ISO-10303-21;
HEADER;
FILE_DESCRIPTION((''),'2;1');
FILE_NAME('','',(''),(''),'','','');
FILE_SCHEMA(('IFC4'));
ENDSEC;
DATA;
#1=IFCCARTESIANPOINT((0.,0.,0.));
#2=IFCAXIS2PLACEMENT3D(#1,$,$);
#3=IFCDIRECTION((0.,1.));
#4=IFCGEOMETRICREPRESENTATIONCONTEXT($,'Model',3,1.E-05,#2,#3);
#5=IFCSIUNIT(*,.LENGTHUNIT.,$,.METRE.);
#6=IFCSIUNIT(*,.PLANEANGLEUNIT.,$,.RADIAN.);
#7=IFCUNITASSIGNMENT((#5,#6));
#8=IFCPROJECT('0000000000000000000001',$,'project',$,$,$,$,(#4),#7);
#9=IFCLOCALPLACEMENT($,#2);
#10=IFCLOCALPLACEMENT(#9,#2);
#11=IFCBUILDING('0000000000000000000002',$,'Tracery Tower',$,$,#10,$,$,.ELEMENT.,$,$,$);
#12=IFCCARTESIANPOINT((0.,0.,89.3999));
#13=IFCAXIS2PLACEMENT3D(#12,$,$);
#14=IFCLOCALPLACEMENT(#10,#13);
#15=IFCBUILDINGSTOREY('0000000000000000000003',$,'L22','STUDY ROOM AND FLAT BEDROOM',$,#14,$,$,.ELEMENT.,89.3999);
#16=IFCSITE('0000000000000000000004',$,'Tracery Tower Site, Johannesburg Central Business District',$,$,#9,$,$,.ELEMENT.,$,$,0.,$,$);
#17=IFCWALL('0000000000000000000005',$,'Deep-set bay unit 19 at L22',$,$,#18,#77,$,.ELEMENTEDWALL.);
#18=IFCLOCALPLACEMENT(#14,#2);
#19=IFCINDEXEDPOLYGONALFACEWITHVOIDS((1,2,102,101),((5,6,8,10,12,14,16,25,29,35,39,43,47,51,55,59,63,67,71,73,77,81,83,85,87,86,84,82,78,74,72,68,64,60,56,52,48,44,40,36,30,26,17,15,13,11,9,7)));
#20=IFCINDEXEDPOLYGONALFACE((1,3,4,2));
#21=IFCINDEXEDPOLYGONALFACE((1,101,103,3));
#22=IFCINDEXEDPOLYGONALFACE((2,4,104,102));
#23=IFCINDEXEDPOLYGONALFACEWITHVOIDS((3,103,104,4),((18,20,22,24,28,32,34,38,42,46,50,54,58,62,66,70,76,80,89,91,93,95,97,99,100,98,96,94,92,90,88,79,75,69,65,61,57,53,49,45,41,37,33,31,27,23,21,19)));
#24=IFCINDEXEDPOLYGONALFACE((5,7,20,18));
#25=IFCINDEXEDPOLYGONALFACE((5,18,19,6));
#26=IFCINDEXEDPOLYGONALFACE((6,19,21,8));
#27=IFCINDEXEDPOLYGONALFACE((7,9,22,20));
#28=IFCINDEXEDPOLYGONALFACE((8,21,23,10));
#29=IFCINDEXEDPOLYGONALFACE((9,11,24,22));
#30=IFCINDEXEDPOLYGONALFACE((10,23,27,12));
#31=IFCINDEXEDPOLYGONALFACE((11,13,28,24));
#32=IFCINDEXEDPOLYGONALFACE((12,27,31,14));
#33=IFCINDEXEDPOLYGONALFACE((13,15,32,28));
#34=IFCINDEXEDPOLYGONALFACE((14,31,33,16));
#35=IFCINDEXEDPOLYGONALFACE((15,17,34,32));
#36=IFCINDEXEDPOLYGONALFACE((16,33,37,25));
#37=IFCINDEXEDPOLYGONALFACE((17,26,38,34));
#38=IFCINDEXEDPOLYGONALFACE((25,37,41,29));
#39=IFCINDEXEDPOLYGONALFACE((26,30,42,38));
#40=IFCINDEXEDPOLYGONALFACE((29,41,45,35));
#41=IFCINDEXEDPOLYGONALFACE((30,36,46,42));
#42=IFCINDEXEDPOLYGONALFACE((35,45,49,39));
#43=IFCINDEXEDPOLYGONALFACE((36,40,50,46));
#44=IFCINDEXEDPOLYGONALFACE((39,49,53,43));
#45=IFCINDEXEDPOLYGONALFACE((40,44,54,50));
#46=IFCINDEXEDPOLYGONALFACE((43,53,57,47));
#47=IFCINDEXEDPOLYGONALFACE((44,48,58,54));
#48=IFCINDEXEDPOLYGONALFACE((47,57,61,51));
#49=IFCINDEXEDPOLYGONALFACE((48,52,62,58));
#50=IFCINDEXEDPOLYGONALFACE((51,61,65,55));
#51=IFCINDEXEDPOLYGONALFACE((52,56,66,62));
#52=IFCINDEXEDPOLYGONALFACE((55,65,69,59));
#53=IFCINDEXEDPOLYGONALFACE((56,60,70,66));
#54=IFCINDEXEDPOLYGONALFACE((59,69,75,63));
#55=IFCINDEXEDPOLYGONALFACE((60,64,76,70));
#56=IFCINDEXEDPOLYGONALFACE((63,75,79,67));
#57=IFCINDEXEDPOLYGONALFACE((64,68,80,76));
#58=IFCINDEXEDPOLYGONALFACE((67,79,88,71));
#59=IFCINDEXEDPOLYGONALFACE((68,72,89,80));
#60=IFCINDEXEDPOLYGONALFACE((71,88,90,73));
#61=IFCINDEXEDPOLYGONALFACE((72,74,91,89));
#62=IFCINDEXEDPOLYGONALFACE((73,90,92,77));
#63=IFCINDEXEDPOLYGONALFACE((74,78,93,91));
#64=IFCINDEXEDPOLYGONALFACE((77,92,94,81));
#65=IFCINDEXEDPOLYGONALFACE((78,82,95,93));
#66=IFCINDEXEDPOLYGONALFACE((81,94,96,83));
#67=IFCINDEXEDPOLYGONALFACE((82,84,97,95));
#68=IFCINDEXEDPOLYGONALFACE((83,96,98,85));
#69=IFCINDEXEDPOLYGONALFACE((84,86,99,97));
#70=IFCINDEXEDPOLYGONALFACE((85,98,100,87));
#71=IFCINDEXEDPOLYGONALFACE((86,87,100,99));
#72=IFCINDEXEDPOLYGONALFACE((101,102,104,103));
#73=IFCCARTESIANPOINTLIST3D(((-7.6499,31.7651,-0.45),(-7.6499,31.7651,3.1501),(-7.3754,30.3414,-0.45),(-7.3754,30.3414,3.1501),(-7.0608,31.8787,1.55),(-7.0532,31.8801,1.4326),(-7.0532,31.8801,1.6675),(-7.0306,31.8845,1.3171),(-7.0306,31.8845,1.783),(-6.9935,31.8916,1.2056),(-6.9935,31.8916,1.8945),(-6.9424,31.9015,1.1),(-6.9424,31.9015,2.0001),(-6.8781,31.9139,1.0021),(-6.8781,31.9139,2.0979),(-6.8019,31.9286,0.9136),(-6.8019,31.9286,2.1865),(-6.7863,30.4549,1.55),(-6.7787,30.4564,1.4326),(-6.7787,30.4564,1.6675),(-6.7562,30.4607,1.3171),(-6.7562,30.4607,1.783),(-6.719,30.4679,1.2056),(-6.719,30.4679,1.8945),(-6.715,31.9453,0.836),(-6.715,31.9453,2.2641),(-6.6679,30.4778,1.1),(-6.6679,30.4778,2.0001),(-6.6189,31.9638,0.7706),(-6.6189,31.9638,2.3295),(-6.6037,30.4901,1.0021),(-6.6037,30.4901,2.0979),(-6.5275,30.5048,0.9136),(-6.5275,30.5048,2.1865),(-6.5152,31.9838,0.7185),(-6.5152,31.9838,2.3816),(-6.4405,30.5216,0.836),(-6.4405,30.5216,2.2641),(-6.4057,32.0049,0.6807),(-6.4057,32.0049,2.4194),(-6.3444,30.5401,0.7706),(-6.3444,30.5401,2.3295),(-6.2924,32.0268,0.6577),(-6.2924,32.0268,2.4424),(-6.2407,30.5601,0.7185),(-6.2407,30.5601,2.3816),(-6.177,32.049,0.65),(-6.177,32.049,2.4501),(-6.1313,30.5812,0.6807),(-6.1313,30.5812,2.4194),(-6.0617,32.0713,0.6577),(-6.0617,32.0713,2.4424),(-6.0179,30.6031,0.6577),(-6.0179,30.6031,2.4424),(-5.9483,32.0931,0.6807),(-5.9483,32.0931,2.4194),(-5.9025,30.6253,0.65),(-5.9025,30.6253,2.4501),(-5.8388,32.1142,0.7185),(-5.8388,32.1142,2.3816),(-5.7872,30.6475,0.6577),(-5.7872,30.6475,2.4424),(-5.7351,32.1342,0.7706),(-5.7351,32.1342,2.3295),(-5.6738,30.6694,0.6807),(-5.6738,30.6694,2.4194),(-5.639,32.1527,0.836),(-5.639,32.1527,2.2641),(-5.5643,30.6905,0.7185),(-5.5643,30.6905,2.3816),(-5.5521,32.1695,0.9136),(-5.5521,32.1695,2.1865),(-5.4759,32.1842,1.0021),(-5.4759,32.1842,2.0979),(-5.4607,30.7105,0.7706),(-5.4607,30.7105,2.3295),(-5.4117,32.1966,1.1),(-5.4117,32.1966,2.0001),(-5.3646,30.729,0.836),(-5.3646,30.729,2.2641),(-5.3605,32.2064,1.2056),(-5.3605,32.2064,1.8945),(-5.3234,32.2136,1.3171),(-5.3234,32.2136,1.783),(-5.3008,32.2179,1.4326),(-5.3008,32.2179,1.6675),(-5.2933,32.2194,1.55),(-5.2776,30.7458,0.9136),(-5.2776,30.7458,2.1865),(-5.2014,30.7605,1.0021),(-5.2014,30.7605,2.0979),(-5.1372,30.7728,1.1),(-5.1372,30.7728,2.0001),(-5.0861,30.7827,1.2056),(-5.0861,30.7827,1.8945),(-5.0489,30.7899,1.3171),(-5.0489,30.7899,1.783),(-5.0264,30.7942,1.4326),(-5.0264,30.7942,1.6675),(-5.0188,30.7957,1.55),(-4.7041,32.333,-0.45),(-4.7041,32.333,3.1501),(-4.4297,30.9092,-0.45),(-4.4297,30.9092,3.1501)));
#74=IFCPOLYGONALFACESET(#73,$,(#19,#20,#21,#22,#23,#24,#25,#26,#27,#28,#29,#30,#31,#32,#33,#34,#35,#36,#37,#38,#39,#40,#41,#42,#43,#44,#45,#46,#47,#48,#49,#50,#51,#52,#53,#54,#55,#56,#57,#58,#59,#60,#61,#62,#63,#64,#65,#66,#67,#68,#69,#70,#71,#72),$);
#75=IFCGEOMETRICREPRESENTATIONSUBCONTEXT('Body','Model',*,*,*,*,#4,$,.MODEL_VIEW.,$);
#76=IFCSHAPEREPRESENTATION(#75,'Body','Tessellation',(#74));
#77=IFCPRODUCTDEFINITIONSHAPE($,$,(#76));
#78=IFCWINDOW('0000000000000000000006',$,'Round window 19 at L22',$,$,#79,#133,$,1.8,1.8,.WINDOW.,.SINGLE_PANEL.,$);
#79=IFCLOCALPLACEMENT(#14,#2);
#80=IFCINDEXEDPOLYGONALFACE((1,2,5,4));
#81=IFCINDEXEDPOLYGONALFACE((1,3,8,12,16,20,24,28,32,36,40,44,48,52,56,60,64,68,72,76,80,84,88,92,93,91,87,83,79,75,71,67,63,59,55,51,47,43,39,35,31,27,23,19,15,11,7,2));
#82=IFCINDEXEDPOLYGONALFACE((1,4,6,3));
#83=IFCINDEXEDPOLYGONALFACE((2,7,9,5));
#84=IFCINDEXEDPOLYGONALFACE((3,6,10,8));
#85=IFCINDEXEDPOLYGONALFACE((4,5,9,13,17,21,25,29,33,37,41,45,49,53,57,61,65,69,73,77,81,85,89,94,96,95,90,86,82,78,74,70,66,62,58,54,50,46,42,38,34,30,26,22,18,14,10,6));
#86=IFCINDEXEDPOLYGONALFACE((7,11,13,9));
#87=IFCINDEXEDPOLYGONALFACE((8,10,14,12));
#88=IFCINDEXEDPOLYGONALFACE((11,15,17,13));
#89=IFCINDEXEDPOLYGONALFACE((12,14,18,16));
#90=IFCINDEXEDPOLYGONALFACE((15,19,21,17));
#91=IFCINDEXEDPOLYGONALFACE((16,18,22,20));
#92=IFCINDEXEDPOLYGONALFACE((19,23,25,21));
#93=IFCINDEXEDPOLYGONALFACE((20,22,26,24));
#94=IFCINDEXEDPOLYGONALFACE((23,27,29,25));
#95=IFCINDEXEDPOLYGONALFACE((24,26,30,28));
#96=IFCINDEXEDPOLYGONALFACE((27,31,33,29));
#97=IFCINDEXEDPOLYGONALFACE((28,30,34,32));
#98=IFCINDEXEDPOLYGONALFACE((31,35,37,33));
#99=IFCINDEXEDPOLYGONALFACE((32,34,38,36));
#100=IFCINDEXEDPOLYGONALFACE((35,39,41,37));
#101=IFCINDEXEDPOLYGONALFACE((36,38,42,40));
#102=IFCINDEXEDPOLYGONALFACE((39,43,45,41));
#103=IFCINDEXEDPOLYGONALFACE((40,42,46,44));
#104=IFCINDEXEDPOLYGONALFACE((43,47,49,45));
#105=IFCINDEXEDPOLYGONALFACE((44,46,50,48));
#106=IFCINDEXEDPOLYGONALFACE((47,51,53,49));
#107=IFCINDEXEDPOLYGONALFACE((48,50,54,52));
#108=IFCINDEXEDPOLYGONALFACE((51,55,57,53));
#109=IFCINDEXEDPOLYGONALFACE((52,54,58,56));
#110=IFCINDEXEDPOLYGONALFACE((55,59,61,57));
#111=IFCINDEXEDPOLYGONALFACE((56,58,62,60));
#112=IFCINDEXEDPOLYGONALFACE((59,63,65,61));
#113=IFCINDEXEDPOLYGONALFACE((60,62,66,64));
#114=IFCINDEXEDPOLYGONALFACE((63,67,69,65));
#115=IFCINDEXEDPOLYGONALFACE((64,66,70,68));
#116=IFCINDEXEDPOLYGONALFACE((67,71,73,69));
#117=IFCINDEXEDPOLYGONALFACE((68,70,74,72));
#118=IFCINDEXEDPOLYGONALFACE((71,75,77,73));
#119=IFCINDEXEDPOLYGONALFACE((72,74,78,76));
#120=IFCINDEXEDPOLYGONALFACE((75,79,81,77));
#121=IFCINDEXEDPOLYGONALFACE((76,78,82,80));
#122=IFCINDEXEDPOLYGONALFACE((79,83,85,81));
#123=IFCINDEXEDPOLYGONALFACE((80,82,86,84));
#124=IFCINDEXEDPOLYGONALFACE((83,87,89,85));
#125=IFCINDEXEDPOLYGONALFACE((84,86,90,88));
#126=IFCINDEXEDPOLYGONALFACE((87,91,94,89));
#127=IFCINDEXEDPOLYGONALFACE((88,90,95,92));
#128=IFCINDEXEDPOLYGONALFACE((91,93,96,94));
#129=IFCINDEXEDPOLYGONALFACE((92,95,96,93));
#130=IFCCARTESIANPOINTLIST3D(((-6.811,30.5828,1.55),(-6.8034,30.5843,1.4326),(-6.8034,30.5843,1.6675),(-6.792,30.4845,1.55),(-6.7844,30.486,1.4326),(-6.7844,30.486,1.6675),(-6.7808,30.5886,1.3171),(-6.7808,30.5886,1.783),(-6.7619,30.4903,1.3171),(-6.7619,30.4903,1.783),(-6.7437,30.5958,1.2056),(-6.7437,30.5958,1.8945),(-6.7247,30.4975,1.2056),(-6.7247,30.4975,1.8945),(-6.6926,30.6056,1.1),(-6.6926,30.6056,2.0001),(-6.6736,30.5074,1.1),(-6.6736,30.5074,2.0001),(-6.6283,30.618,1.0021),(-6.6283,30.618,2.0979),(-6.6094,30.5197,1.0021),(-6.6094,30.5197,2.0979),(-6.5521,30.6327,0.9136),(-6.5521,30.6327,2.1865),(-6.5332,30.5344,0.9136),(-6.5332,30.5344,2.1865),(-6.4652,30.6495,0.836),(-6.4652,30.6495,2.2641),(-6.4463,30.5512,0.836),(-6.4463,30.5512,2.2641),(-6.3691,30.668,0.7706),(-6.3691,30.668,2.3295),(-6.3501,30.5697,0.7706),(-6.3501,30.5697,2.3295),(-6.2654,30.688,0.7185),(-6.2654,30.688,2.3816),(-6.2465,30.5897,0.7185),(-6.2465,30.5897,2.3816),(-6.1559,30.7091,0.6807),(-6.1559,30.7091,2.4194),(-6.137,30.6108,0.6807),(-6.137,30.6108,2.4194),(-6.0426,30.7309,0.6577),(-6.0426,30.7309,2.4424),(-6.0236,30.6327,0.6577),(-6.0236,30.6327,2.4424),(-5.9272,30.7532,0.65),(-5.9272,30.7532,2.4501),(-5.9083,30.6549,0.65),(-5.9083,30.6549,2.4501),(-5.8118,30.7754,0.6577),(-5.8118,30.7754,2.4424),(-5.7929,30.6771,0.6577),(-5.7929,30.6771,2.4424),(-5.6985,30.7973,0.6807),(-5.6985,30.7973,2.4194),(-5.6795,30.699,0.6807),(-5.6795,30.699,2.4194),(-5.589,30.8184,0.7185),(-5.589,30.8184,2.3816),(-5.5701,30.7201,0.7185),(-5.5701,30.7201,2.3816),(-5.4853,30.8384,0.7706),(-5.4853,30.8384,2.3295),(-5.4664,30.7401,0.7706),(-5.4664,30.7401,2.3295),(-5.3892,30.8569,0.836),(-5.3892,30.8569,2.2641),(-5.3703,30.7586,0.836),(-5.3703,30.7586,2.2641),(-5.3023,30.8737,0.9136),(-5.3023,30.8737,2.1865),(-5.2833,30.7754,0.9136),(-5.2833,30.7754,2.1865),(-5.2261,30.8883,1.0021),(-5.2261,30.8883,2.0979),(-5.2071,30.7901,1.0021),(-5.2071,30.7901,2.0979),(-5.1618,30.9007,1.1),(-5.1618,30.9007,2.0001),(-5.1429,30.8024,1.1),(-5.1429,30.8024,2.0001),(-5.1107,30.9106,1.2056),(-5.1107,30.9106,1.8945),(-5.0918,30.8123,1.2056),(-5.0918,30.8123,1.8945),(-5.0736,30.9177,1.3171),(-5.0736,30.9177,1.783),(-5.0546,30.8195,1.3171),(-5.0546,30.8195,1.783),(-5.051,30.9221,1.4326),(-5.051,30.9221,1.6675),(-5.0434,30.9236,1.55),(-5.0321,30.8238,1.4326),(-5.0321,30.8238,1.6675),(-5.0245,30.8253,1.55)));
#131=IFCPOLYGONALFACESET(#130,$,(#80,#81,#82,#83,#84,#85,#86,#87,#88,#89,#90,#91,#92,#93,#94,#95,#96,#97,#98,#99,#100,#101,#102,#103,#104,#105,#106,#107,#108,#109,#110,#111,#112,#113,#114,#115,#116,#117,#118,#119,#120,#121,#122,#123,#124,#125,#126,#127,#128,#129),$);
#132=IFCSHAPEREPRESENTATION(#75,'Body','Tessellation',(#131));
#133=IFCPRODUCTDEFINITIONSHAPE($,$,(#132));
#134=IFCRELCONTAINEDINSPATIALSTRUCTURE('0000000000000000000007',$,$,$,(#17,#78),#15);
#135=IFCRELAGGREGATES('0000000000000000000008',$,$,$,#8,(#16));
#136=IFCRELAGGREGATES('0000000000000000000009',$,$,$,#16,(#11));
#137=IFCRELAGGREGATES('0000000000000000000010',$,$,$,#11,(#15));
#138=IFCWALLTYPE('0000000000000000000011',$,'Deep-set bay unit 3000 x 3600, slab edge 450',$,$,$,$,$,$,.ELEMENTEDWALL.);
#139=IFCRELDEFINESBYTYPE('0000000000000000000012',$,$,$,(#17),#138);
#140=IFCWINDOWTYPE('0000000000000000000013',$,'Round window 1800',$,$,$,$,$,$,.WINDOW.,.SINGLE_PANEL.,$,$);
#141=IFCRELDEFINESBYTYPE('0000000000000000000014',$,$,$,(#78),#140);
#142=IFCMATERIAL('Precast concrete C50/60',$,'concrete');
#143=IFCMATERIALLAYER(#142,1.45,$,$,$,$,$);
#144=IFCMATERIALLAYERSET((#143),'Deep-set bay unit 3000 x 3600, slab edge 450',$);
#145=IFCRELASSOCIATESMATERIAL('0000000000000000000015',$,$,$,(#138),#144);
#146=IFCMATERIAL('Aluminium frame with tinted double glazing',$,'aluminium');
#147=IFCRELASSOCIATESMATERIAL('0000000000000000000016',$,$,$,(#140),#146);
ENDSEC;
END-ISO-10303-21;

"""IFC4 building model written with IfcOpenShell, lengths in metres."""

from ifc_helpers import new_model, si_unit, direction, frame, frame_2d, origin, origin_2d, place, context, subcontext, project, spatial, rectangle, circle, extrude, material, layer, layer_set, type_object, element, fill, save


model = new_model("IFC4")

# Units and contexts
model_context = context("Model", 3, precision=1e-05, world=origin(), true_north=direction((0.0, 1.0)))
body_context = subcontext(model_context, "Body", "Model", "MODEL_VIEW")
ifc_project = project(units=[si_unit("LENGTHUNIT", "METRE"), si_unit("PLANEANGLEUNIT", "RADIAN")], contexts=[model_context])

# Site, building, storey
site_placement = place(None, origin())
site = spatial("IfcSite", under=ifc_project, at=site_placement, Name="Tracery Tower Site, Johannesburg Central Business District", CompositionType="ELEMENT", RefElevation=0.0)
building_placement = place(site_placement, origin())
building = spatial("IfcBuilding", under=site, at=building_placement, Name="Tracery Tower", CompositionType="ELEMENT")
storey_placement = place(building_placement, frame((0.0, 0.0, 89.3999)))
storey = spatial("IfcBuildingStorey", under=building, at=storey_placement, Name="L22", Description="STUDY ROOM AND FLAT BEDROOM", CompositionType="ELEMENT", Elevation=89.3999)

# Wall, opening, window
ifc_material_1 = material(Name="Precast concrete C50/60", Category="concrete")
ifc_layer_1 = layer(ifc_material_1, 1.45)
ifc_layer_set_1 = layer_set([ifc_layer_1], Name="Deep-set bay unit 3000 x 3600, slab edge 450")
wall_type_1 = type_object("IfcWallType", Name="Deep-set bay unit 3000 x 3600, slab edge 450", PredefinedType="ELEMENTEDWALL", material=ifc_layer_set_1)
wall_1_placement = place(storey_placement, frame((-4.5669, 31.6211, -0.45), z_axis=(0.0, 0.0, 1.0), x_axis=(-0.981922, -0.189288, 0.0)))
wall_1 = element("IfcWall", 1, at=wall_1_placement, inside=storey, type_object=wall_type_1, Name="Deep-set bay unit 19 at L22", PredefinedType="ELEMENTEDWALL", context=body_context, shape_type="SweptSolid", body=[
    extrude(rectangle(XDim=3.0, YDim=1.45, at=frame_2d((1.5, 0.0))), origin(), (0.0, 0.0, 1.0), 3.6001),
])
opening_1_placement = place(wall_1_placement, frame((1.5, 0.0, 2.0)))
opening_1 = element("IfcOpeningElement", 2, at=opening_1_placement, cuts=wall_1, PredefinedType="OPENING", context=body_context, shape_type="SweptSolid", body=[
    extrude(circle(Radius=0.9, at=origin_2d()), frame((0.0, 0.7349, 0.0), z_axis=(0.0, -1.0, 0.0), x_axis=(1.0, 0.0, 0.0)), (0.0, 0.0, 1.0), 1.47),
])
ifc_material_2 = material(Name="Aluminium frame with tinted double glazing", Category="aluminium")
window_type = type_object("IfcWindowType", Name="Round window 1800", PartitioningType="SINGLE_PANEL", PredefinedType="WINDOW", material=ifc_material_2)
window_1_placement = place(opening_1_placement, origin())
window_1 = element("IfcWindow", 3, at=window_1_placement, inside=storey, type_object=window_type, Name="Round window 19 at L22", OverallHeight=1.8, OverallWidth=1.8, PartitioningType="SINGLE_PANEL", PredefinedType="WINDOW", context=body_context, shape_type="SweptSolid", body=[
    extrude(circle(Radius=0.9, at=origin_2d()), frame((0.0, 0.6948, 0.0), z_axis=(0.0, -1.0, 0.0), x_axis=(1.0, 0.0, 0.0)), (0.0, 0.0, 1.0), 0.1001),
])
fill(opening_1, window_1)

save(model, "model.ifc")
